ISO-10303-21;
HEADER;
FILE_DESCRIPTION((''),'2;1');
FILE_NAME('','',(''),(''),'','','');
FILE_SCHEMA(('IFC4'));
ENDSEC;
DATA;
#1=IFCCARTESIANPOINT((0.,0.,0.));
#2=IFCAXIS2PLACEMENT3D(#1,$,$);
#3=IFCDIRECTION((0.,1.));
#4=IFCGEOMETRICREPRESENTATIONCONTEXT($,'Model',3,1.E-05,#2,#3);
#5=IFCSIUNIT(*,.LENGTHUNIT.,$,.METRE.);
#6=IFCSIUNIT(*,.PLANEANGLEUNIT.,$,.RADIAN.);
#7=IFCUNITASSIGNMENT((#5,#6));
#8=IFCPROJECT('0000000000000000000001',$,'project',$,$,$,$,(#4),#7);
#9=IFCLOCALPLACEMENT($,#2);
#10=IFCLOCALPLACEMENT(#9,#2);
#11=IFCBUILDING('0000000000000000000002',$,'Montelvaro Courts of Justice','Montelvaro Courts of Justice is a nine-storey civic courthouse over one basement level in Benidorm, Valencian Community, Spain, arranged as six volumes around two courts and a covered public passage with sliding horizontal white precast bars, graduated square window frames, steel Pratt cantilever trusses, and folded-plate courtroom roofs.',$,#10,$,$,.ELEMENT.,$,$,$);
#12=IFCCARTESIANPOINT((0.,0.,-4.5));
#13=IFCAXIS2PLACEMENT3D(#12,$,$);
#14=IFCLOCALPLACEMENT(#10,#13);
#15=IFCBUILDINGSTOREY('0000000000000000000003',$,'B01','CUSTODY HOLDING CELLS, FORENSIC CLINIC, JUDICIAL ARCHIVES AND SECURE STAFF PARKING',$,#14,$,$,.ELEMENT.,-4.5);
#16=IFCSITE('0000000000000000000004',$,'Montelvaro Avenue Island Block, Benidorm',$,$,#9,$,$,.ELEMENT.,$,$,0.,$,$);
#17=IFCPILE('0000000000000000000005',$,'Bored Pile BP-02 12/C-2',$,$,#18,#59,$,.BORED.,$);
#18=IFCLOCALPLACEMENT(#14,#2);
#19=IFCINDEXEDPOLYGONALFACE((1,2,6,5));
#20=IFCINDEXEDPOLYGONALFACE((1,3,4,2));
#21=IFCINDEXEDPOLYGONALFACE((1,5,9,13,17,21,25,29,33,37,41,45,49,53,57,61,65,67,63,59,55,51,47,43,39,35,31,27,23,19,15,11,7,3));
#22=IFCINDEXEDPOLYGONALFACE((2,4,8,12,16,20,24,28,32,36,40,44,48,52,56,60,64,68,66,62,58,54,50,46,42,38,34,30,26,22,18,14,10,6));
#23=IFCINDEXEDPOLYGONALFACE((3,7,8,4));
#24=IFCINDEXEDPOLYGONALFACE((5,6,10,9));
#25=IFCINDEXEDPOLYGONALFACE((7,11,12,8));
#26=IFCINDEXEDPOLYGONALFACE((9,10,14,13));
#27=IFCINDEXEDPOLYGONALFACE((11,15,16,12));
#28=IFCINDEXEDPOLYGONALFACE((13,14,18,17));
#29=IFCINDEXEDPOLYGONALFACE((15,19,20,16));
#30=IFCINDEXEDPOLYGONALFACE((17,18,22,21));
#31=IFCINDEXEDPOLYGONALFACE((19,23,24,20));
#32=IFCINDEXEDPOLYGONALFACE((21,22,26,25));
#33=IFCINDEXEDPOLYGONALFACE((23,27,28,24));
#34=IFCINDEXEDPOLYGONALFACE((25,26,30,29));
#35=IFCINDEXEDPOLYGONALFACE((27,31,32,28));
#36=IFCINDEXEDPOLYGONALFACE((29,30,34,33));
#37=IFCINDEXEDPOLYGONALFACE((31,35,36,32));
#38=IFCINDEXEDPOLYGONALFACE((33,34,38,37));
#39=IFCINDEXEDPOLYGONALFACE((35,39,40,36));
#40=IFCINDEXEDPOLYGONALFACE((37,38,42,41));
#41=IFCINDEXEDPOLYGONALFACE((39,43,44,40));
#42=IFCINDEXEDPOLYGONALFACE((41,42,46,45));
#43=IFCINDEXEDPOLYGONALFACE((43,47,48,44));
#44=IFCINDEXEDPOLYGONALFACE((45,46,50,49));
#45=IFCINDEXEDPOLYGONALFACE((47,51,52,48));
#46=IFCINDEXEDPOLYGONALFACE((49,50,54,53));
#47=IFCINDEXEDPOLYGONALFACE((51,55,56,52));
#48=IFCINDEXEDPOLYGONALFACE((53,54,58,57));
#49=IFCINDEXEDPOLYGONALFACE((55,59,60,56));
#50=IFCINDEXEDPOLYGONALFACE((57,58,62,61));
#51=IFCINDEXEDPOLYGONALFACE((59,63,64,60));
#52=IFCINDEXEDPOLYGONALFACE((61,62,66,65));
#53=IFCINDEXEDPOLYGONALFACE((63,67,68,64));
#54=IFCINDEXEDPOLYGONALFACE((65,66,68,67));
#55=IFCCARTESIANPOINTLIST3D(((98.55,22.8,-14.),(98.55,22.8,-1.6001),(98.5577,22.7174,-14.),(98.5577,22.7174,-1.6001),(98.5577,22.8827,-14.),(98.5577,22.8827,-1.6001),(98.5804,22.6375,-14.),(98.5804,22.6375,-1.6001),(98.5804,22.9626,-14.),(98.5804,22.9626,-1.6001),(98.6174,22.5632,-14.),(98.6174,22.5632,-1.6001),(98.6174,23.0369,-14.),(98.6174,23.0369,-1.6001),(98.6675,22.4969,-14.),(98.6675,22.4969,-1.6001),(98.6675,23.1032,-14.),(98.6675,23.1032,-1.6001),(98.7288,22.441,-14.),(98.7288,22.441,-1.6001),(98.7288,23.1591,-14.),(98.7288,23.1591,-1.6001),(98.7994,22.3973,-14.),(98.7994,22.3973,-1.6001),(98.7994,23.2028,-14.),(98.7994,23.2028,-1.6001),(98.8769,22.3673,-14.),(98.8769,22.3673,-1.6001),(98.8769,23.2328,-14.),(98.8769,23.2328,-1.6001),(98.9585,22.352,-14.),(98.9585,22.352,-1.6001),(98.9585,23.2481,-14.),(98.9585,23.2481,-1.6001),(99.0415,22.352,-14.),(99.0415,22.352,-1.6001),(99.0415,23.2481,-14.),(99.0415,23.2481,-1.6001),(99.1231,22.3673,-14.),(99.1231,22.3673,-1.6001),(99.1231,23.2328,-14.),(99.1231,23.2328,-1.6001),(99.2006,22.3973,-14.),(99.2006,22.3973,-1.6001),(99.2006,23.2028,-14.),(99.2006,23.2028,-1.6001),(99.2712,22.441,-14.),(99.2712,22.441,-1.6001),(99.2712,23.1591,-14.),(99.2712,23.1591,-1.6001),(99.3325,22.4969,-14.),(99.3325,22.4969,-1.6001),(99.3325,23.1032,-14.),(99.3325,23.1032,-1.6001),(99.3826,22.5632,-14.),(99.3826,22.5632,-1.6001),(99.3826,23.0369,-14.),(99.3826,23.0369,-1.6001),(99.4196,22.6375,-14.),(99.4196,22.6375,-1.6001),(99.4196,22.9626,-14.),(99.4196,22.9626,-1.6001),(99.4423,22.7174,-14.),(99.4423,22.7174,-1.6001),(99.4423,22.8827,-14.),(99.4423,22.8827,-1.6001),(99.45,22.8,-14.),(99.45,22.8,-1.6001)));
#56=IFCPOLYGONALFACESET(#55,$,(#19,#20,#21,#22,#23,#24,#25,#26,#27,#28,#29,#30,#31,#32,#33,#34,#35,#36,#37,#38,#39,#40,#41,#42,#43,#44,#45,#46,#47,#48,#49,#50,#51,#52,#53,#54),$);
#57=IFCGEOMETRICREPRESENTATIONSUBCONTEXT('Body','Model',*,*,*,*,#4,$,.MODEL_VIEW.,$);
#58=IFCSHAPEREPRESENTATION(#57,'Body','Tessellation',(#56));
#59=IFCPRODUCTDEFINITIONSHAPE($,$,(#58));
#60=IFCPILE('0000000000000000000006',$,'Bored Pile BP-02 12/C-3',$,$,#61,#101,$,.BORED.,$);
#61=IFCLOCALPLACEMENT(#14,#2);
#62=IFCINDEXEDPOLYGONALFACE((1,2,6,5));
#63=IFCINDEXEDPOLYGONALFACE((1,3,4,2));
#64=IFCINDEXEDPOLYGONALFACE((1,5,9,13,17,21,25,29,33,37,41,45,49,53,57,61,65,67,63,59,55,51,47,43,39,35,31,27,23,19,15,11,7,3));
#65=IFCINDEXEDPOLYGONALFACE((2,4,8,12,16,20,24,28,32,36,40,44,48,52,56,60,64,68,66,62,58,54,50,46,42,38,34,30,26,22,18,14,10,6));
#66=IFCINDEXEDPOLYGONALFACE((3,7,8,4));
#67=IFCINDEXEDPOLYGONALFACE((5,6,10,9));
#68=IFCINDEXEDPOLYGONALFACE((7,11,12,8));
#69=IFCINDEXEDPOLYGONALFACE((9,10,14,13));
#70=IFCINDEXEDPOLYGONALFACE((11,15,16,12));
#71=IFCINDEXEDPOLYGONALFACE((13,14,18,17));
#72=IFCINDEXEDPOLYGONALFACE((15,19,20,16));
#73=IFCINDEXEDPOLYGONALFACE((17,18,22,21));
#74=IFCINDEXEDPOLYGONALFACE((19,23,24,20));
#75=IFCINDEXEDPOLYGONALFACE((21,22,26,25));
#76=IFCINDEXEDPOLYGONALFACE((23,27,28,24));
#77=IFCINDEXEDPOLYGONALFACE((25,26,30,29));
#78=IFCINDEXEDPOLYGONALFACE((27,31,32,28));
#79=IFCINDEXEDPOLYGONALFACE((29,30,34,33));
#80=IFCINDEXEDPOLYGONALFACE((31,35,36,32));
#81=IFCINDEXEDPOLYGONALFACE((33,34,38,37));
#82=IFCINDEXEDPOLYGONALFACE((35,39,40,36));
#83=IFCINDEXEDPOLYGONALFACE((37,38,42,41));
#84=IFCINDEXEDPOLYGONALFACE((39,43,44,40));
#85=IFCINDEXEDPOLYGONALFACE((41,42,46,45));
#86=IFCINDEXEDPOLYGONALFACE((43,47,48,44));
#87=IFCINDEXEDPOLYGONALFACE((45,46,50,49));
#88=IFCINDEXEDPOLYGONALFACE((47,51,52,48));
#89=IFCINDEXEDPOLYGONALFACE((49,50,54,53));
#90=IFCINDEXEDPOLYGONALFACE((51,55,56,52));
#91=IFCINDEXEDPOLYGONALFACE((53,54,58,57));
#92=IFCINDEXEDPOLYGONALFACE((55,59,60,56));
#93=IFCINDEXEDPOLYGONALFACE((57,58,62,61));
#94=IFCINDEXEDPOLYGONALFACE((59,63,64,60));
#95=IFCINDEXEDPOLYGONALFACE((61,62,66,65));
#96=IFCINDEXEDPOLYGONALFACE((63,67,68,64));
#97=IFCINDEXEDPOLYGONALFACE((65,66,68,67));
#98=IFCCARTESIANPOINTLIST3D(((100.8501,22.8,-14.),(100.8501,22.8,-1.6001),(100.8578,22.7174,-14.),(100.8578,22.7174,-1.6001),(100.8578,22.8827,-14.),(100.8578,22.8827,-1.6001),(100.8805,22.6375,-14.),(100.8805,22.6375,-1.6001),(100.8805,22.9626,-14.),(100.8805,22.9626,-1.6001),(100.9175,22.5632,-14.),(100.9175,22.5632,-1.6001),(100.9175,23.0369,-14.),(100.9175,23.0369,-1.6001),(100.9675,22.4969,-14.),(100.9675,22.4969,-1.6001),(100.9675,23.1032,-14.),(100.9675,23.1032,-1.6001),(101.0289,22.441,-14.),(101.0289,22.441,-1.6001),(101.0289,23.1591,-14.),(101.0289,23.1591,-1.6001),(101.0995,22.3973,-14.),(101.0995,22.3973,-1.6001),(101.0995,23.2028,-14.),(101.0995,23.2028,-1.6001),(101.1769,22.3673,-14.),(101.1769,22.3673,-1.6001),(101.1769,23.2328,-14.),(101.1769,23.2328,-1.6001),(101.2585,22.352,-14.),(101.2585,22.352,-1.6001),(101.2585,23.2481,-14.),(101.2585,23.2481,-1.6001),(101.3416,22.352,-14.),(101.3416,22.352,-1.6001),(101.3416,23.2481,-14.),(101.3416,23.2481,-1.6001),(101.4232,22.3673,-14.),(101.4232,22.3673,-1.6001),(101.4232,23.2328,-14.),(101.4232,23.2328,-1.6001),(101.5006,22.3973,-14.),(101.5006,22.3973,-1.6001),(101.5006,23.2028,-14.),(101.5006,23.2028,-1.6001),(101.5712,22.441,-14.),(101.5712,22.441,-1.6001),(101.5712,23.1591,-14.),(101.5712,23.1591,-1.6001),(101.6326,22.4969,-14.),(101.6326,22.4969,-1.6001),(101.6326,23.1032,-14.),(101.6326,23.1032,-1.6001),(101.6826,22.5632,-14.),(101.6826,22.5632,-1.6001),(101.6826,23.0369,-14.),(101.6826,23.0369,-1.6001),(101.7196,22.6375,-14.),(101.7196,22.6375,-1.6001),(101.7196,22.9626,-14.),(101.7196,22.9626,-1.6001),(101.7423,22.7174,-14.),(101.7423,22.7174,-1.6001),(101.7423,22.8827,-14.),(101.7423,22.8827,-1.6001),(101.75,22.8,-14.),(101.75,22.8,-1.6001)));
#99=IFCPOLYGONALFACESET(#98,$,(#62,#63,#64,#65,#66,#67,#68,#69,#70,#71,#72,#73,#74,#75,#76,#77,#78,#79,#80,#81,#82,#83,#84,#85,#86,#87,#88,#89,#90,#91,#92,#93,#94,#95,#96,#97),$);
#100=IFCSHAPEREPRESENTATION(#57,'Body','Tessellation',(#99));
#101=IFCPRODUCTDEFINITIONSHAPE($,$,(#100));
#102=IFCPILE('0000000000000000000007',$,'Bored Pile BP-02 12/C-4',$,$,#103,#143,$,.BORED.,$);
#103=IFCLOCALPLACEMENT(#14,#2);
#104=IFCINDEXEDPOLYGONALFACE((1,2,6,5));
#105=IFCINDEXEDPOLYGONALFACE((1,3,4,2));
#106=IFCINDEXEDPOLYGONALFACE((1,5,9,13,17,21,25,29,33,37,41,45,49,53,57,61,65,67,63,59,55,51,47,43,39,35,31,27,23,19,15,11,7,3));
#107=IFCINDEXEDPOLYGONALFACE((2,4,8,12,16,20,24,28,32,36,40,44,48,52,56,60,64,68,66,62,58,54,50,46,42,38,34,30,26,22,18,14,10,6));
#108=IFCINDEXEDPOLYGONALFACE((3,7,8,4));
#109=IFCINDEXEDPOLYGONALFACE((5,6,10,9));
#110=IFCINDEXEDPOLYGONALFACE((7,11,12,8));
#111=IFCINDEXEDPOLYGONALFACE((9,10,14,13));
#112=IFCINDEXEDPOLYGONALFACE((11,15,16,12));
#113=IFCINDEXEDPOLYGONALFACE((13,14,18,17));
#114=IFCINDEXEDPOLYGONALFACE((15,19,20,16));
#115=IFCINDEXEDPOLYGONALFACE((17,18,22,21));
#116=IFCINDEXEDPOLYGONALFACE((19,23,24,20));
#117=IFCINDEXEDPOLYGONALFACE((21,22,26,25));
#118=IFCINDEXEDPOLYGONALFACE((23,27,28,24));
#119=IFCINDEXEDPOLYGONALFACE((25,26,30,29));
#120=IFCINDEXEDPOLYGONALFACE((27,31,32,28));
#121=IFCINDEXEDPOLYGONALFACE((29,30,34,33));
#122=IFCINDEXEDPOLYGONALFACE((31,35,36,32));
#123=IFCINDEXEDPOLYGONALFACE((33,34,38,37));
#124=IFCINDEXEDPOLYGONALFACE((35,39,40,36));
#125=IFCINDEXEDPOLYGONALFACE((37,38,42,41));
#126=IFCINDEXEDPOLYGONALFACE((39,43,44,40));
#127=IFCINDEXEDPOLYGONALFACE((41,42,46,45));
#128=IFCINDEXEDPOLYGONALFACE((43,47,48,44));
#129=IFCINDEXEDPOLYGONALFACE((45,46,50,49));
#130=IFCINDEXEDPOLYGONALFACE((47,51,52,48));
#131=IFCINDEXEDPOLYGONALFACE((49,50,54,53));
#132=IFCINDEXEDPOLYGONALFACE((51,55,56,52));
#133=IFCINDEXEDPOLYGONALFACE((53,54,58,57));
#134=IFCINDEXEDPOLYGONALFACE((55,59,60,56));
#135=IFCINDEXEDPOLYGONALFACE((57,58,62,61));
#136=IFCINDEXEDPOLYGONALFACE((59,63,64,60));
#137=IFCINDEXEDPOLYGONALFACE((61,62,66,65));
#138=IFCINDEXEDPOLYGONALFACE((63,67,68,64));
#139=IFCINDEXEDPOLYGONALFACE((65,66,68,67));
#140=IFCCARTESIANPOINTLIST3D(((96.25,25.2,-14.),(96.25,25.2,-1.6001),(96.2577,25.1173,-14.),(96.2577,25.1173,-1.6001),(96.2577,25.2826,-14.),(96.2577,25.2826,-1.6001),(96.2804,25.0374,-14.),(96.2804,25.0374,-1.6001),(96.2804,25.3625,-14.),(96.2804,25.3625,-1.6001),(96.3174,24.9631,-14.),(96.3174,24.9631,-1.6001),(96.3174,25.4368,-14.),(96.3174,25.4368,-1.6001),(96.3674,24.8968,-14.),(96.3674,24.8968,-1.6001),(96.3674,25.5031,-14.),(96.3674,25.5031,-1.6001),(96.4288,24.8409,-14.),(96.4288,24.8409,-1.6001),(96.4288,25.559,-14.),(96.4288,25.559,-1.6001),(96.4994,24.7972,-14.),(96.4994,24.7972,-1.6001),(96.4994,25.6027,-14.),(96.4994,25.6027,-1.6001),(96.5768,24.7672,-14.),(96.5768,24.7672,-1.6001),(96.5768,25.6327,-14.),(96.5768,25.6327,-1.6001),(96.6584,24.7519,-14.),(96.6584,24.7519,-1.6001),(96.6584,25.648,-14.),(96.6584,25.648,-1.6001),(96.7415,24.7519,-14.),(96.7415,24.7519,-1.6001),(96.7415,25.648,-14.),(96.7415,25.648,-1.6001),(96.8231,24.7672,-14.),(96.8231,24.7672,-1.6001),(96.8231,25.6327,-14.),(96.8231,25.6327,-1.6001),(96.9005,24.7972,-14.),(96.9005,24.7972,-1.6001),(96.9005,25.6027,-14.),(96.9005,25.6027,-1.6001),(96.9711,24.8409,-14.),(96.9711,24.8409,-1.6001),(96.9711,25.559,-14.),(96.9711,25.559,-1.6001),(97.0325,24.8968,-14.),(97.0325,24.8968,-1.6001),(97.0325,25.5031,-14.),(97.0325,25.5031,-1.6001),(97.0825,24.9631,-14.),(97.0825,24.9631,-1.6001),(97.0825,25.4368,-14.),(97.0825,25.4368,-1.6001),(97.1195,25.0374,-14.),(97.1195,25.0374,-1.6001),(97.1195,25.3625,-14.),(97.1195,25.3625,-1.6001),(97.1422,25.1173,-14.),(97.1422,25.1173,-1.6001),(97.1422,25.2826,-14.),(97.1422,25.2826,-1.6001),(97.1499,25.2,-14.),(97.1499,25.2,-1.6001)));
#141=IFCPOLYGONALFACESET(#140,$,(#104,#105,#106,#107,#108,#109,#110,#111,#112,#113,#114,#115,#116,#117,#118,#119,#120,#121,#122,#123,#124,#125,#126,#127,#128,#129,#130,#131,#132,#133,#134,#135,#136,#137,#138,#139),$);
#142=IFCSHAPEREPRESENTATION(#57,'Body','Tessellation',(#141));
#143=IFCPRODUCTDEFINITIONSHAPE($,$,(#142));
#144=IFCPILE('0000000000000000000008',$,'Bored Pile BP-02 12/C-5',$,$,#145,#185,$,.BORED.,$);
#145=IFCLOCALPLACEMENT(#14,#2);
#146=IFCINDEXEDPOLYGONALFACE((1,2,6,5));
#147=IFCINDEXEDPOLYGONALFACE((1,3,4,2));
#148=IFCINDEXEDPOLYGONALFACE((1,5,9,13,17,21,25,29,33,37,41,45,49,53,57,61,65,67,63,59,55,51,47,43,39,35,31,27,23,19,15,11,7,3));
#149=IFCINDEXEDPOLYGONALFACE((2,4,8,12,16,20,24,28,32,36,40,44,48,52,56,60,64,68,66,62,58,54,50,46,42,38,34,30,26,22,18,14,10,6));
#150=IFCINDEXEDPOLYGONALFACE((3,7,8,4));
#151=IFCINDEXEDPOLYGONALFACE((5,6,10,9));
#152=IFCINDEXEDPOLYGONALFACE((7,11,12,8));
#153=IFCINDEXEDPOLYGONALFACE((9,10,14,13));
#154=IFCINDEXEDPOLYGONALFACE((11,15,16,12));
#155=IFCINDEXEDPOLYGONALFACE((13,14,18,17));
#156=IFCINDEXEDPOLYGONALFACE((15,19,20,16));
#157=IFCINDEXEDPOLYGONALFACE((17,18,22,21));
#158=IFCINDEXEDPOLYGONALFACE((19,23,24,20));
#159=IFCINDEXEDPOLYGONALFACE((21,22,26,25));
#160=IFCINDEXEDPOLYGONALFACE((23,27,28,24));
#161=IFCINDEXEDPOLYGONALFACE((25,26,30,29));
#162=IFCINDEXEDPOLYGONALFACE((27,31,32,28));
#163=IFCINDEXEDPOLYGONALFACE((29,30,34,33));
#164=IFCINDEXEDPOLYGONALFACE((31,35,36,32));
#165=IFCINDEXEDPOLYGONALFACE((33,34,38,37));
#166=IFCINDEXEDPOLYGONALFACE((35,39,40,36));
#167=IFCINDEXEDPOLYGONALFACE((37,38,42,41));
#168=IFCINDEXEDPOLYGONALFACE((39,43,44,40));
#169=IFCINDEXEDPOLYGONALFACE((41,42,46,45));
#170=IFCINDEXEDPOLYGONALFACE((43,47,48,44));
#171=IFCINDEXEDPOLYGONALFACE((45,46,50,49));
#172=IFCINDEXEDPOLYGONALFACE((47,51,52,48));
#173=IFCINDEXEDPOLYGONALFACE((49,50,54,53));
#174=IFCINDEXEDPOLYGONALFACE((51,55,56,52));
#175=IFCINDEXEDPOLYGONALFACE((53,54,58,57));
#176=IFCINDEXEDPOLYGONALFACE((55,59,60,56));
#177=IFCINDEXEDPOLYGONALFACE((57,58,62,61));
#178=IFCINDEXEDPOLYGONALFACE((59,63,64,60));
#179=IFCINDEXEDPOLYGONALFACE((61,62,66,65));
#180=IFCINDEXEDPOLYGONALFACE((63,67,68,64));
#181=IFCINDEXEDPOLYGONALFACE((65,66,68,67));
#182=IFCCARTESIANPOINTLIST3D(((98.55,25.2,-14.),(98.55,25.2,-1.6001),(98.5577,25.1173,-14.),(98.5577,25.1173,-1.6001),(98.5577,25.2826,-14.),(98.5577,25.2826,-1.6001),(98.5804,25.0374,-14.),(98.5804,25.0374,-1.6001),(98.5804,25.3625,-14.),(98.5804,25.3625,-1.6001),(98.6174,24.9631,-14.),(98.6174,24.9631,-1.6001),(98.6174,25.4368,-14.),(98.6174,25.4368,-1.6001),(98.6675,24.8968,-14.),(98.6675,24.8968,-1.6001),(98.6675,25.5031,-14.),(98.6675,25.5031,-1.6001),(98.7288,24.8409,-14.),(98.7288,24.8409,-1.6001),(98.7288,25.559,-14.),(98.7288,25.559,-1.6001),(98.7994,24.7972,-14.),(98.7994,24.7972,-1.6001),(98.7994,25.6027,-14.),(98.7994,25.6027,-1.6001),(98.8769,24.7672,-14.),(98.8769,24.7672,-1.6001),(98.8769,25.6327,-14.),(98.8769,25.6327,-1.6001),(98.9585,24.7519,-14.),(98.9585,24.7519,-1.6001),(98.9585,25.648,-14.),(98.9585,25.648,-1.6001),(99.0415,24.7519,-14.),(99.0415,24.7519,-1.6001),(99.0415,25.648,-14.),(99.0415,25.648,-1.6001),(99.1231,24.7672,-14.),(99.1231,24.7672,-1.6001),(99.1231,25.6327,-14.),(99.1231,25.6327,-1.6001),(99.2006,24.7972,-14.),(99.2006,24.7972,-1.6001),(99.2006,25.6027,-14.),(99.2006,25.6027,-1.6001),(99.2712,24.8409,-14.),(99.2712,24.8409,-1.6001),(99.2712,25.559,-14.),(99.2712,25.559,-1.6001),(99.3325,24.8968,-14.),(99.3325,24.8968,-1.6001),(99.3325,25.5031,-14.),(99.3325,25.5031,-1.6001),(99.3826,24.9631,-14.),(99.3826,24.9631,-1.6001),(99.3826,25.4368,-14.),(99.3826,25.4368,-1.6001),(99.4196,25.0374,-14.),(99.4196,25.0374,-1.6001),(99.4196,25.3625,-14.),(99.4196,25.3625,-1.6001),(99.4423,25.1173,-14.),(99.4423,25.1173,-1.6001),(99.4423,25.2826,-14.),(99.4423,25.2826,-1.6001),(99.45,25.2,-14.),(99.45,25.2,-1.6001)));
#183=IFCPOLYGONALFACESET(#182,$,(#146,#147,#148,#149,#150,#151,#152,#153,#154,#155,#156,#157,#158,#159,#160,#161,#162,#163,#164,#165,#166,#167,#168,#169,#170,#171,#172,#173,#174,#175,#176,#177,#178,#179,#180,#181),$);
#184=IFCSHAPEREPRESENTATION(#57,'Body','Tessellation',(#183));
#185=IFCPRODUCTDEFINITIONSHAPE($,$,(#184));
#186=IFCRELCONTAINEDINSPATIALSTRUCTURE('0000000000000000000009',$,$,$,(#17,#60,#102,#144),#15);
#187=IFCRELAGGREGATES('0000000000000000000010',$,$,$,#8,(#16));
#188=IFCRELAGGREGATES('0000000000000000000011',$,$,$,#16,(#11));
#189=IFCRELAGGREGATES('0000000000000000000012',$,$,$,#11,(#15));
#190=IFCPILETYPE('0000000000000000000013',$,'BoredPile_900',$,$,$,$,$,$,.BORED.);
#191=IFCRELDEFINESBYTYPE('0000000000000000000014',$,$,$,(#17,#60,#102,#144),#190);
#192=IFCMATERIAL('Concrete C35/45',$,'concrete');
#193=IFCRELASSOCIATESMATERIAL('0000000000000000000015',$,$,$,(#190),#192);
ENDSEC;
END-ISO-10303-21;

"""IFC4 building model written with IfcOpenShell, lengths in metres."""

from ifc_helpers import new_model, si_unit, direction, frame, origin, origin_2d, place, context, subcontext, project, spatial, circle, extrude, material, material_profile, profile_set, type_object, element, save


model = new_model("IFC4")

# Units and contexts
model_context = context("Model", 3, precision=1e-05, world=origin(), true_north=direction((0.0, 1.0)))
body_context = subcontext(model_context, "Body", "Model", "MODEL_VIEW")
ifc_project = project(units=[si_unit("LENGTHUNIT", "METRE"), si_unit("PLANEANGLEUNIT", "RADIAN")], contexts=[model_context])

# Site, building, storey
site_placement = place(None, origin())
site = spatial("IfcSite", under=ifc_project, at=site_placement, Name="Montelvaro Avenue Island Block, Benidorm", CompositionType="ELEMENT", RefElevation=0.0)
building_placement = place(site_placement, origin())
building = spatial("IfcBuilding", under=site, at=building_placement, Name="Montelvaro Courts of Justice", Description="Montelvaro Courts of Justice is a nine-storey civic courthouse over one basement level in Benidorm, Valencian Community, Spain, arranged as six volumes around two courts and a covered public passage with sliding horizontal white precast bars, graduated square window frames, steel Pratt cantilever trusses, and folded-plate courtroom roofs.", CompositionType="ELEMENT")
storey_placement = place(building_placement, frame((0.0, 0.0, -4.5)))
storey = spatial("IfcBuildingStorey", under=building, at=storey_placement, Name="B01", Description="CUSTODY HOLDING CELLS, FORENSIC CLINIC, JUDICIAL ARCHIVES AND SECURE STAFF PARKING", CompositionType="ELEMENT", Elevation=-4.5)

# Piles
ifc_material_1 = material(Name="Concrete C35/45", Category="concrete")
ifc_material_profile_1 = material_profile(ifc_material_1, circle(Radius=0.45, at=origin_2d()), Name="BORED PILE D900")
ifc_profile_set_1 = profile_set([ifc_material_profile_1], Name="Concrete C35/45")
pile_type_1 = type_object("IfcPileType", Name="BoredPile_900", PredefinedType="BORED", material=ifc_profile_set_1)
for number, where, z_axis, x_axis, name in (
    (1, (99.0, 22.8, -1.6001), (0.0, 0.0, -1.0), (1.0, 0.0, 0.0), "Bored Pile BP-02 12/C-2"),
    (2, (101.3, 22.8, -1.6001), (0.0, 0.0, -1.0), (1.0, 0.0, 0.0), "Bored Pile BP-02 12/C-3"),
    (3, (96.7, 25.2, -1.6001), (0.0, 0.0, -1.0), (1.0, 0.0, 0.0), "Bored Pile BP-02 12/C-4"),
    (4, (99.0, 25.2, -1.6001), (0.0, 0.0, -1.0), (1.0, 0.0, 0.0), "Bored Pile BP-02 12/C-5"),
):
    element("IfcPile", number, at=place(storey_placement, frame(where, z_axis=z_axis, x_axis=x_axis)), inside=storey, type_object=pile_type_1, Name=name, PredefinedType="BORED", context=body_context, shape_type="SweptSolid", body=[
        extrude(circle(Radius=0.45, at=origin_2d()), origin(), (0.0, 0.0, 1.0), 12.3999),
    ])

save(model, "model.ifc")
